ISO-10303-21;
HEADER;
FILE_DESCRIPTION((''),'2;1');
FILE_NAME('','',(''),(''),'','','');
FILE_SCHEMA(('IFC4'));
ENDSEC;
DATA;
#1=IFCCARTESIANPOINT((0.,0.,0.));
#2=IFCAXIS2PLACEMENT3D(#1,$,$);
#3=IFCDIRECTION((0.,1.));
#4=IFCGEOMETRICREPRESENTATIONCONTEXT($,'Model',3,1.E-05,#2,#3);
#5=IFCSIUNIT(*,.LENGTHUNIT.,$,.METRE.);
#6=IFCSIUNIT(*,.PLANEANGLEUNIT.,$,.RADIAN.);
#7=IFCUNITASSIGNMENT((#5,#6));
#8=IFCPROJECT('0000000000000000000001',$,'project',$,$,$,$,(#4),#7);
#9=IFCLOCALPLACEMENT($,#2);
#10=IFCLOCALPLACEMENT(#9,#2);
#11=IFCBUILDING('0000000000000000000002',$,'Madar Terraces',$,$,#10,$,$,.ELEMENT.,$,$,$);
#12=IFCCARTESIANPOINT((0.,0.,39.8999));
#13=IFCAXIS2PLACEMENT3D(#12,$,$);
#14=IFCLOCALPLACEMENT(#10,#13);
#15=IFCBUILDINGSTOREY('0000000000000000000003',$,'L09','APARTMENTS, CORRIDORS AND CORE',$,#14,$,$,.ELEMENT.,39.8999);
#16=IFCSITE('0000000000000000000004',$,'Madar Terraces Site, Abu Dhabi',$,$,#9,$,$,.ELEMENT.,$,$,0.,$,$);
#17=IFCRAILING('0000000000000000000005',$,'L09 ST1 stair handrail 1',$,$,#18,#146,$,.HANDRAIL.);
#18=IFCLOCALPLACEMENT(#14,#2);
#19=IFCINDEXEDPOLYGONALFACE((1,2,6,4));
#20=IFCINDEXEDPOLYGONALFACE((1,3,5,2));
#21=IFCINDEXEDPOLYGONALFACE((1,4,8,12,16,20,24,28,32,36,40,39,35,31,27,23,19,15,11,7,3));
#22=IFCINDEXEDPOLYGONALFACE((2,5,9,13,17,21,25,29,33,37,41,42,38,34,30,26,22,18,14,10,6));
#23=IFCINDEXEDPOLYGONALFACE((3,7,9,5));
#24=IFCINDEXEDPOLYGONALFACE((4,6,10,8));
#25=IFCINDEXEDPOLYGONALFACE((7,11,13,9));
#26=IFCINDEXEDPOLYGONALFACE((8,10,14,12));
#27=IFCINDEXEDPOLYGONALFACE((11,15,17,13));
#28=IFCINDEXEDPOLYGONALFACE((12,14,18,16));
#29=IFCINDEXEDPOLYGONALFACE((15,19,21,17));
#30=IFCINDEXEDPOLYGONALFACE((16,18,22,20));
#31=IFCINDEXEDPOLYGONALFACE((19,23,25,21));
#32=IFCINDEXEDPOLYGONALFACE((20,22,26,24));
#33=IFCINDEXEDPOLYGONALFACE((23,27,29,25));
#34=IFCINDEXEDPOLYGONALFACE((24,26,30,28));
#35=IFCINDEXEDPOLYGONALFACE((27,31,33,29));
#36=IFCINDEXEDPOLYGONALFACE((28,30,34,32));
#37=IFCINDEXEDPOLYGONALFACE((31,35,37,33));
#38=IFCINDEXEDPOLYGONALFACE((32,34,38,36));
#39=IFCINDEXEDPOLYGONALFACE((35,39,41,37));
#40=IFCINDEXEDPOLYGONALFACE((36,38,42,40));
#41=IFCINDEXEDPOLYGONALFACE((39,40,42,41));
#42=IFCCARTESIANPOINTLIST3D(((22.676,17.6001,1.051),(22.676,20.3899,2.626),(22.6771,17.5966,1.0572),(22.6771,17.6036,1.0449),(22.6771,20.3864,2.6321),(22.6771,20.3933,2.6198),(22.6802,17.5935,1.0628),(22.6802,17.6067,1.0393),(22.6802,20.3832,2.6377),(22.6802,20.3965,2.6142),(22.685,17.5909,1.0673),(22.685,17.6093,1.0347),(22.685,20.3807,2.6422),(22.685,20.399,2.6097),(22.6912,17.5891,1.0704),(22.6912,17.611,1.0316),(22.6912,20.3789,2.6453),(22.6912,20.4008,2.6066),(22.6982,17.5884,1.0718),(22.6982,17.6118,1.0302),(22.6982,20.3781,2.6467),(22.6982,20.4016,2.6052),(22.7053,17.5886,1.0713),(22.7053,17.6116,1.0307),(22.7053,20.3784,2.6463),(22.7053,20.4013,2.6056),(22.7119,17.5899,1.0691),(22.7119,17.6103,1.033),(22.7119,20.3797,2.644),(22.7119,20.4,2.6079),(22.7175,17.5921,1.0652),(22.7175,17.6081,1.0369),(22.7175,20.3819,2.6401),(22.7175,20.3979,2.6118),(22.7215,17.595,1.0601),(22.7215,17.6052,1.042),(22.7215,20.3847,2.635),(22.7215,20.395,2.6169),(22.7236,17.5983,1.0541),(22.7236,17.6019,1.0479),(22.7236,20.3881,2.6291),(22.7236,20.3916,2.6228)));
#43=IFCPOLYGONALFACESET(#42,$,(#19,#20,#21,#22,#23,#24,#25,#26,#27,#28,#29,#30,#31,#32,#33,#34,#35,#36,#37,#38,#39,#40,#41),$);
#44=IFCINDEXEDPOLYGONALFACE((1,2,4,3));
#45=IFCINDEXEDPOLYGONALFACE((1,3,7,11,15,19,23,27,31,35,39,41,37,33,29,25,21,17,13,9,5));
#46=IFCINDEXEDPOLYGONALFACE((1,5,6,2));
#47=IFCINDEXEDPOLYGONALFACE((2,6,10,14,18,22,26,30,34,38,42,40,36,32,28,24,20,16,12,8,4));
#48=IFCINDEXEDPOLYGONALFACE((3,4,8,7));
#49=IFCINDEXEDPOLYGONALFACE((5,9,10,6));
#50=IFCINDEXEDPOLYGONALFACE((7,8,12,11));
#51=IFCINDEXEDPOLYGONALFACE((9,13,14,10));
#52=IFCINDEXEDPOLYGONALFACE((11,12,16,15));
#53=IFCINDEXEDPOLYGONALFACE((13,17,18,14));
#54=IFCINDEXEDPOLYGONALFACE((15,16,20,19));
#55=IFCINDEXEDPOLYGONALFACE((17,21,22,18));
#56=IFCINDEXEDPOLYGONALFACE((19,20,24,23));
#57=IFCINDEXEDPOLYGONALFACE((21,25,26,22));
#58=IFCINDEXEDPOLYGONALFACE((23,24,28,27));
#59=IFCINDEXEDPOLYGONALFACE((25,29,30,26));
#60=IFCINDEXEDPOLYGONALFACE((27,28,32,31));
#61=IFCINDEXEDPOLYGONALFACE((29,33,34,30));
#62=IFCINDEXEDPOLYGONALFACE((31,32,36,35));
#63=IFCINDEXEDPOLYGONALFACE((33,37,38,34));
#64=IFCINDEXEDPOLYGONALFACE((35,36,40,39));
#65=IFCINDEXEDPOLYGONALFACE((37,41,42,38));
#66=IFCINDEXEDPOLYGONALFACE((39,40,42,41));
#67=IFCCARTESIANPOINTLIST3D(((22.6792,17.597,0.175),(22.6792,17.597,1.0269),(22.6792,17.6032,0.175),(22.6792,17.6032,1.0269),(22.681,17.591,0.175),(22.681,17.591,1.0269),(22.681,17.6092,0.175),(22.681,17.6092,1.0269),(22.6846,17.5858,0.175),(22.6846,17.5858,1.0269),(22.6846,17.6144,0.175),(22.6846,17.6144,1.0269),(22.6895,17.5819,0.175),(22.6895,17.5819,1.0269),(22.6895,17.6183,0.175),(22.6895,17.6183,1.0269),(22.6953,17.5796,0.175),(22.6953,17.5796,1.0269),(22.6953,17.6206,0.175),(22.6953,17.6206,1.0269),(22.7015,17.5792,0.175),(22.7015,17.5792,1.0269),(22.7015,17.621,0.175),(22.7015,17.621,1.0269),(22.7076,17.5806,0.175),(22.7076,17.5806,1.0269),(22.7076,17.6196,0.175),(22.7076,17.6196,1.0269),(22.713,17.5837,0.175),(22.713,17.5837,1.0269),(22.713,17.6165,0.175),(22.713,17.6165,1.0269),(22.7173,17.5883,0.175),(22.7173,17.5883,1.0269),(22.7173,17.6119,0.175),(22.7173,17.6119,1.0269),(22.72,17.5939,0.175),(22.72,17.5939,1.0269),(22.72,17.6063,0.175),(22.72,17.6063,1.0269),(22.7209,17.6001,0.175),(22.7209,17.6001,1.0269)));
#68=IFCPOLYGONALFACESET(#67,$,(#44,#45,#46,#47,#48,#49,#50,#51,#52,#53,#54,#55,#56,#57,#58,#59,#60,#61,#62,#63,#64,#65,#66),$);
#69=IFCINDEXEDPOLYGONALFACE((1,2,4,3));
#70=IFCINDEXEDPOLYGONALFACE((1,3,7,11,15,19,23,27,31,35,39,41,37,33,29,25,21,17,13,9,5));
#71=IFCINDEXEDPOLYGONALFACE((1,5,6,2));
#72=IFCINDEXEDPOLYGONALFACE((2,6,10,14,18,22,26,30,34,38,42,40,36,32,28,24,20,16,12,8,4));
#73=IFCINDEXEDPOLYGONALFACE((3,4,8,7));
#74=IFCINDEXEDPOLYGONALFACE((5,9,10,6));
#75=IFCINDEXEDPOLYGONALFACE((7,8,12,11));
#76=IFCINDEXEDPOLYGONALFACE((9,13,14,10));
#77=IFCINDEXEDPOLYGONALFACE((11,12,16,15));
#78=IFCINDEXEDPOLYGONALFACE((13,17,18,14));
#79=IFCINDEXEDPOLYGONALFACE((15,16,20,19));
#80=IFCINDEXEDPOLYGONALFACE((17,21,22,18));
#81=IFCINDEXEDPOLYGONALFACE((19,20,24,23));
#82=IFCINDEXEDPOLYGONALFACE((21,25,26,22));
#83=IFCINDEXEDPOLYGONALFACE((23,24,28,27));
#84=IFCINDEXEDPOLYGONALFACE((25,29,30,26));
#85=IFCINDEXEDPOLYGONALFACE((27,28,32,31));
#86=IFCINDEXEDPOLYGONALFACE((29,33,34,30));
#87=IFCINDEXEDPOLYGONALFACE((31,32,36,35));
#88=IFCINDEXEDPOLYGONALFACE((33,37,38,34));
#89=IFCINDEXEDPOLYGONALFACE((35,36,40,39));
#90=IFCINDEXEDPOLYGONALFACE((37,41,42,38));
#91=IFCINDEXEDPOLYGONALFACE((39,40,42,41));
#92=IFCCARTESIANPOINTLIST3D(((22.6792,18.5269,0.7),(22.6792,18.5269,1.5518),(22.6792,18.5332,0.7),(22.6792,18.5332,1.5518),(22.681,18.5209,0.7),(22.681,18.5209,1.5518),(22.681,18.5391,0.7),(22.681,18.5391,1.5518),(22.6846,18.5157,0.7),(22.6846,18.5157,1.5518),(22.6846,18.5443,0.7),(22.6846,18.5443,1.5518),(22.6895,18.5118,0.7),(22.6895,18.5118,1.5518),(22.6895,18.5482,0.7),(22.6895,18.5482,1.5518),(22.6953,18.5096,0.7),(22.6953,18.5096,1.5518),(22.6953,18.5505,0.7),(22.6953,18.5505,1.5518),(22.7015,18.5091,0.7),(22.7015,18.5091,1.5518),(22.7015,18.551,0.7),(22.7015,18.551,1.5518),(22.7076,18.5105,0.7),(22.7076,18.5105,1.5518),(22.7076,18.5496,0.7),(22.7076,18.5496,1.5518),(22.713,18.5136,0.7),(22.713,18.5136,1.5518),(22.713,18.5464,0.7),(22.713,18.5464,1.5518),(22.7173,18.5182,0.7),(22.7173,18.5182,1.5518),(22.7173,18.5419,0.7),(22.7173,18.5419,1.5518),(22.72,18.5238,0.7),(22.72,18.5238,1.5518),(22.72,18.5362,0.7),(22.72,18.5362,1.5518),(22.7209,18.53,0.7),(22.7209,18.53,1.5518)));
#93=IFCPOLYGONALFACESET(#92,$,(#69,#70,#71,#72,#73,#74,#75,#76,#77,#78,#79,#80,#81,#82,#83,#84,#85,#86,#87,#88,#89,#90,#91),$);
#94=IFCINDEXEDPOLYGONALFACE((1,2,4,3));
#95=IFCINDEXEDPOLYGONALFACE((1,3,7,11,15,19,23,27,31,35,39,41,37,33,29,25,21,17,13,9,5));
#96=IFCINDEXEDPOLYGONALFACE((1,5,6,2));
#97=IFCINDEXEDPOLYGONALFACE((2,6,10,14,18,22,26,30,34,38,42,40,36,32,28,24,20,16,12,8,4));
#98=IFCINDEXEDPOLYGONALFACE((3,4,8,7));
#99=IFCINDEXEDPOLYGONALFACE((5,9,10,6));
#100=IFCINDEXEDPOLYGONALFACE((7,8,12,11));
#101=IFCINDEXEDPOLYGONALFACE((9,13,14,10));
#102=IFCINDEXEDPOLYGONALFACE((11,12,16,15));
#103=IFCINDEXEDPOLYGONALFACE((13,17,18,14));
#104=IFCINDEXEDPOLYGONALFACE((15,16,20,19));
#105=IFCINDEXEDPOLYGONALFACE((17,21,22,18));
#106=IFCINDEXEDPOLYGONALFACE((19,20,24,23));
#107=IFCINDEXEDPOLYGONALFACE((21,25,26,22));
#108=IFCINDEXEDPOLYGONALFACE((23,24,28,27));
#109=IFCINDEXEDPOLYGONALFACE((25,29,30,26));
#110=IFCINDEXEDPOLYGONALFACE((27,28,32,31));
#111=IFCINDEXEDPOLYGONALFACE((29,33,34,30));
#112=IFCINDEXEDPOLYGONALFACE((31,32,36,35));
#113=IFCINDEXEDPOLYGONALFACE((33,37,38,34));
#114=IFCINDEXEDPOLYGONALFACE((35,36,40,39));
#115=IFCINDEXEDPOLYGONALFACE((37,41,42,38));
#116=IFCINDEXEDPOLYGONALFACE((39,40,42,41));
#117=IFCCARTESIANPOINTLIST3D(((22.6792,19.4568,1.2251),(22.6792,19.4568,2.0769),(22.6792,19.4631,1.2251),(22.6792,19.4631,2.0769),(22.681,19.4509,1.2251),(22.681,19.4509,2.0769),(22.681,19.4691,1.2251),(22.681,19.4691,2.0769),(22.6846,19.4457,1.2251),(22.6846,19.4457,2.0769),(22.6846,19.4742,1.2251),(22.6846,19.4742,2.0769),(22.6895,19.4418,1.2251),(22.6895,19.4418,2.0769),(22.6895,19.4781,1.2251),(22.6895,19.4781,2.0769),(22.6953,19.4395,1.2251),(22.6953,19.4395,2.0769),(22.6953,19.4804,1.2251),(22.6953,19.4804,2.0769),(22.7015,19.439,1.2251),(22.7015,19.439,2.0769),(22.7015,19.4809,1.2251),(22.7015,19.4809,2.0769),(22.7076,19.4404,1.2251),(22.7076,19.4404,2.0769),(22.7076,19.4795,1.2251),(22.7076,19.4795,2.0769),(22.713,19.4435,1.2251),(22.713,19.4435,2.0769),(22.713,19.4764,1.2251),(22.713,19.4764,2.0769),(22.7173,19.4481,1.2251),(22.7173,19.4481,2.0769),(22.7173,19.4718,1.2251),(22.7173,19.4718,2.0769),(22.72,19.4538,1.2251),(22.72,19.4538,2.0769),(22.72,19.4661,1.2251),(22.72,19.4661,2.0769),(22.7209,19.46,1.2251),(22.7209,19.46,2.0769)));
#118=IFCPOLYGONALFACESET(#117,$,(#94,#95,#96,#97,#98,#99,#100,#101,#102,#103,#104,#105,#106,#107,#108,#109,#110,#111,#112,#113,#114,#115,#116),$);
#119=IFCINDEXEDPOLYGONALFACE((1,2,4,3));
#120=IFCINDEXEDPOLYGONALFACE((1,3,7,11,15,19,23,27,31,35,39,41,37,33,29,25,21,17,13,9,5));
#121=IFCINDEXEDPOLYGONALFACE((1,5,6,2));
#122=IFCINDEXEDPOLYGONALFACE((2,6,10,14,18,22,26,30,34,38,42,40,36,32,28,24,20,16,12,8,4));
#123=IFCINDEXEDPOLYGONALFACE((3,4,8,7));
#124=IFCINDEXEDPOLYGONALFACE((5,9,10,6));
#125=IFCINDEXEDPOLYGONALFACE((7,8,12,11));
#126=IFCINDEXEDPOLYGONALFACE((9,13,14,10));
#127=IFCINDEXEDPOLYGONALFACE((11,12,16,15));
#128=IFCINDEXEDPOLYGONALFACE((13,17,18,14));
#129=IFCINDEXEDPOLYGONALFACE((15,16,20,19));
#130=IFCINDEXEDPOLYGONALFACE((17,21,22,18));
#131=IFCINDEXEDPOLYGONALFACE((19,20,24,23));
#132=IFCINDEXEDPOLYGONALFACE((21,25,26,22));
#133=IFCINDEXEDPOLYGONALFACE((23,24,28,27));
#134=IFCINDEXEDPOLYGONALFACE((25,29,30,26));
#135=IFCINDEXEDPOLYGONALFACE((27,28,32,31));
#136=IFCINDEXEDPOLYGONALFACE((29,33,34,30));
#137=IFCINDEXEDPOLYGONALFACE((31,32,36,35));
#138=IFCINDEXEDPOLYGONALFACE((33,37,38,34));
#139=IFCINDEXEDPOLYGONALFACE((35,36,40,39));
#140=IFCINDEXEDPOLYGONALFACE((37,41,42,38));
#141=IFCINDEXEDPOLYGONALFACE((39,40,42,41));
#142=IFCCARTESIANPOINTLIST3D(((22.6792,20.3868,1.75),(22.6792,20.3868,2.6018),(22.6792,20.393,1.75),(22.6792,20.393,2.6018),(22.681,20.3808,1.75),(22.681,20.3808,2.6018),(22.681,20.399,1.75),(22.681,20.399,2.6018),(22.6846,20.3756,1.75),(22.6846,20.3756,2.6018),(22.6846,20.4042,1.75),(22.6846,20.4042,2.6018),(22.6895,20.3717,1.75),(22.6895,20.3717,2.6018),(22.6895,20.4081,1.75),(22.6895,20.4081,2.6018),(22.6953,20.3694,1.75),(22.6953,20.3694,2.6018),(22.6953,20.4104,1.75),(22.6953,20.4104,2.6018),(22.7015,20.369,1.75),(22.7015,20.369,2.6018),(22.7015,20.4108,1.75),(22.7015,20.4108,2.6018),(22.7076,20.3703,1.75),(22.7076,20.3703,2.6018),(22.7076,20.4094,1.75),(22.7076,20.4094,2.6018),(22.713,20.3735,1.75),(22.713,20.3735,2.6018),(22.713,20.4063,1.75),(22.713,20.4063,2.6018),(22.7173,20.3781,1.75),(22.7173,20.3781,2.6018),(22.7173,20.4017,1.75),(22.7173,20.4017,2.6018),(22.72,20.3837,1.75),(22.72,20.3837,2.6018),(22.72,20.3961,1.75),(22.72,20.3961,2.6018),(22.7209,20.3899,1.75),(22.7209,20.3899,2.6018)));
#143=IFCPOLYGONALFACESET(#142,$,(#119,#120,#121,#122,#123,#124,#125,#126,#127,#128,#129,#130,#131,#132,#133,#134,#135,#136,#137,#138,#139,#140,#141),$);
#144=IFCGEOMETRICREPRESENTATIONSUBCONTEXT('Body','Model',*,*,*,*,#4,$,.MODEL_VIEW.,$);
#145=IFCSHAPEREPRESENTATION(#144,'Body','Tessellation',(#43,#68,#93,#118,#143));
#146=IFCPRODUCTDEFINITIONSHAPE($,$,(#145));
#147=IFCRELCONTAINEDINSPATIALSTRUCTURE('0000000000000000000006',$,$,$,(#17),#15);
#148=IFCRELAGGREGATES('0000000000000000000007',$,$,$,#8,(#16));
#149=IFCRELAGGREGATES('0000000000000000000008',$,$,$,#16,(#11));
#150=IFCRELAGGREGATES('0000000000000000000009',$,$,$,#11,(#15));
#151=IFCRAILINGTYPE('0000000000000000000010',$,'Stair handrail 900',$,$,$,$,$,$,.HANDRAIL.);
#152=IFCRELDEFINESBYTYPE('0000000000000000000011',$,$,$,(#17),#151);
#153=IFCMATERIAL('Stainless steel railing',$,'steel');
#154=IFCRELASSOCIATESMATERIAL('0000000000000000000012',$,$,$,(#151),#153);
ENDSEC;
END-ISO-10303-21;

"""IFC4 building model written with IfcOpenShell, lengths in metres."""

from ifc_helpers import new_model, si_unit, direction, frame, origin, origin_2d, place, context, subcontext, project, spatial, circle, extrude, material, type_object, element, save


model = new_model("IFC4")

# Units and contexts
model_context = context("Model", 3, precision=1e-05, world=origin(), true_north=direction((0.0, 1.0)))
body_context = subcontext(model_context, "Body", "Model", "MODEL_VIEW")
ifc_project = project(units=[si_unit("LENGTHUNIT", "METRE"), si_unit("PLANEANGLEUNIT", "RADIAN")], contexts=[model_context])

# Site, building, storey
site_placement = place(None, origin())
site = spatial("IfcSite", under=ifc_project, at=site_placement, Name="Madar Terraces Site, Abu Dhabi", CompositionType="ELEMENT", RefElevation=0.0)
building_placement = place(site_placement, origin())
building = spatial("IfcBuilding", under=site, at=building_placement, Name="Madar Terraces", CompositionType="ELEMENT")
storey_placement = place(building_placement, frame((0.0, 0.0, 39.8999)))
storey = spatial("IfcBuildingStorey", under=building, at=storey_placement, Name="L09", Description="APARTMENTS, CORRIDORS AND CORE", CompositionType="ELEMENT", Elevation=39.8999)

# Railing
ifc_material_1 = material(Name="Stainless steel railing", Category="steel")
railing_type_1 = type_object("IfcRailingType", Name="Stair handrail 900", PredefinedType="HANDRAIL", material=ifc_material_1)
railing_1_placement = place(storey_placement, frame((22.7, 17.6001, 0.175)))
element("IfcRailing", 1, at=railing_1_placement, inside=storey, type_object=railing_type_1, Name="L09 ST1 stair handrail 1", PredefinedType="HANDRAIL", context=body_context, shape_type="SweptSolid", body=[
    extrude(circle(Radius=0.0239, at=origin_2d()), frame((0.0, 0.0, 0.876), z_axis=(0.0, 0.870815, 0.49161), x_axis=(-1.0, 0.0, 0.0)), (0.0, 0.0, 1.0), 3.2036),
    extrude(circle(Radius=0.021, at=origin_2d()), origin(), (0.0, 0.0, 1.0), 0.8518),
    extrude(circle(Radius=0.021, at=origin_2d()), frame((0.0, 0.9299, 0.5249)), (0.0, 0.0, 1.0), 0.8518),
    extrude(circle(Radius=0.021, at=origin_2d()), frame((0.0, 1.8599, 1.05)), (0.0, 0.0, 1.0), 0.8518),
    extrude(circle(Radius=0.021, at=origin_2d()), frame((0.0, 2.7898, 1.575)), (0.0, 0.0, 1.0), 0.8518),
])

save(model, "model.ifc")
